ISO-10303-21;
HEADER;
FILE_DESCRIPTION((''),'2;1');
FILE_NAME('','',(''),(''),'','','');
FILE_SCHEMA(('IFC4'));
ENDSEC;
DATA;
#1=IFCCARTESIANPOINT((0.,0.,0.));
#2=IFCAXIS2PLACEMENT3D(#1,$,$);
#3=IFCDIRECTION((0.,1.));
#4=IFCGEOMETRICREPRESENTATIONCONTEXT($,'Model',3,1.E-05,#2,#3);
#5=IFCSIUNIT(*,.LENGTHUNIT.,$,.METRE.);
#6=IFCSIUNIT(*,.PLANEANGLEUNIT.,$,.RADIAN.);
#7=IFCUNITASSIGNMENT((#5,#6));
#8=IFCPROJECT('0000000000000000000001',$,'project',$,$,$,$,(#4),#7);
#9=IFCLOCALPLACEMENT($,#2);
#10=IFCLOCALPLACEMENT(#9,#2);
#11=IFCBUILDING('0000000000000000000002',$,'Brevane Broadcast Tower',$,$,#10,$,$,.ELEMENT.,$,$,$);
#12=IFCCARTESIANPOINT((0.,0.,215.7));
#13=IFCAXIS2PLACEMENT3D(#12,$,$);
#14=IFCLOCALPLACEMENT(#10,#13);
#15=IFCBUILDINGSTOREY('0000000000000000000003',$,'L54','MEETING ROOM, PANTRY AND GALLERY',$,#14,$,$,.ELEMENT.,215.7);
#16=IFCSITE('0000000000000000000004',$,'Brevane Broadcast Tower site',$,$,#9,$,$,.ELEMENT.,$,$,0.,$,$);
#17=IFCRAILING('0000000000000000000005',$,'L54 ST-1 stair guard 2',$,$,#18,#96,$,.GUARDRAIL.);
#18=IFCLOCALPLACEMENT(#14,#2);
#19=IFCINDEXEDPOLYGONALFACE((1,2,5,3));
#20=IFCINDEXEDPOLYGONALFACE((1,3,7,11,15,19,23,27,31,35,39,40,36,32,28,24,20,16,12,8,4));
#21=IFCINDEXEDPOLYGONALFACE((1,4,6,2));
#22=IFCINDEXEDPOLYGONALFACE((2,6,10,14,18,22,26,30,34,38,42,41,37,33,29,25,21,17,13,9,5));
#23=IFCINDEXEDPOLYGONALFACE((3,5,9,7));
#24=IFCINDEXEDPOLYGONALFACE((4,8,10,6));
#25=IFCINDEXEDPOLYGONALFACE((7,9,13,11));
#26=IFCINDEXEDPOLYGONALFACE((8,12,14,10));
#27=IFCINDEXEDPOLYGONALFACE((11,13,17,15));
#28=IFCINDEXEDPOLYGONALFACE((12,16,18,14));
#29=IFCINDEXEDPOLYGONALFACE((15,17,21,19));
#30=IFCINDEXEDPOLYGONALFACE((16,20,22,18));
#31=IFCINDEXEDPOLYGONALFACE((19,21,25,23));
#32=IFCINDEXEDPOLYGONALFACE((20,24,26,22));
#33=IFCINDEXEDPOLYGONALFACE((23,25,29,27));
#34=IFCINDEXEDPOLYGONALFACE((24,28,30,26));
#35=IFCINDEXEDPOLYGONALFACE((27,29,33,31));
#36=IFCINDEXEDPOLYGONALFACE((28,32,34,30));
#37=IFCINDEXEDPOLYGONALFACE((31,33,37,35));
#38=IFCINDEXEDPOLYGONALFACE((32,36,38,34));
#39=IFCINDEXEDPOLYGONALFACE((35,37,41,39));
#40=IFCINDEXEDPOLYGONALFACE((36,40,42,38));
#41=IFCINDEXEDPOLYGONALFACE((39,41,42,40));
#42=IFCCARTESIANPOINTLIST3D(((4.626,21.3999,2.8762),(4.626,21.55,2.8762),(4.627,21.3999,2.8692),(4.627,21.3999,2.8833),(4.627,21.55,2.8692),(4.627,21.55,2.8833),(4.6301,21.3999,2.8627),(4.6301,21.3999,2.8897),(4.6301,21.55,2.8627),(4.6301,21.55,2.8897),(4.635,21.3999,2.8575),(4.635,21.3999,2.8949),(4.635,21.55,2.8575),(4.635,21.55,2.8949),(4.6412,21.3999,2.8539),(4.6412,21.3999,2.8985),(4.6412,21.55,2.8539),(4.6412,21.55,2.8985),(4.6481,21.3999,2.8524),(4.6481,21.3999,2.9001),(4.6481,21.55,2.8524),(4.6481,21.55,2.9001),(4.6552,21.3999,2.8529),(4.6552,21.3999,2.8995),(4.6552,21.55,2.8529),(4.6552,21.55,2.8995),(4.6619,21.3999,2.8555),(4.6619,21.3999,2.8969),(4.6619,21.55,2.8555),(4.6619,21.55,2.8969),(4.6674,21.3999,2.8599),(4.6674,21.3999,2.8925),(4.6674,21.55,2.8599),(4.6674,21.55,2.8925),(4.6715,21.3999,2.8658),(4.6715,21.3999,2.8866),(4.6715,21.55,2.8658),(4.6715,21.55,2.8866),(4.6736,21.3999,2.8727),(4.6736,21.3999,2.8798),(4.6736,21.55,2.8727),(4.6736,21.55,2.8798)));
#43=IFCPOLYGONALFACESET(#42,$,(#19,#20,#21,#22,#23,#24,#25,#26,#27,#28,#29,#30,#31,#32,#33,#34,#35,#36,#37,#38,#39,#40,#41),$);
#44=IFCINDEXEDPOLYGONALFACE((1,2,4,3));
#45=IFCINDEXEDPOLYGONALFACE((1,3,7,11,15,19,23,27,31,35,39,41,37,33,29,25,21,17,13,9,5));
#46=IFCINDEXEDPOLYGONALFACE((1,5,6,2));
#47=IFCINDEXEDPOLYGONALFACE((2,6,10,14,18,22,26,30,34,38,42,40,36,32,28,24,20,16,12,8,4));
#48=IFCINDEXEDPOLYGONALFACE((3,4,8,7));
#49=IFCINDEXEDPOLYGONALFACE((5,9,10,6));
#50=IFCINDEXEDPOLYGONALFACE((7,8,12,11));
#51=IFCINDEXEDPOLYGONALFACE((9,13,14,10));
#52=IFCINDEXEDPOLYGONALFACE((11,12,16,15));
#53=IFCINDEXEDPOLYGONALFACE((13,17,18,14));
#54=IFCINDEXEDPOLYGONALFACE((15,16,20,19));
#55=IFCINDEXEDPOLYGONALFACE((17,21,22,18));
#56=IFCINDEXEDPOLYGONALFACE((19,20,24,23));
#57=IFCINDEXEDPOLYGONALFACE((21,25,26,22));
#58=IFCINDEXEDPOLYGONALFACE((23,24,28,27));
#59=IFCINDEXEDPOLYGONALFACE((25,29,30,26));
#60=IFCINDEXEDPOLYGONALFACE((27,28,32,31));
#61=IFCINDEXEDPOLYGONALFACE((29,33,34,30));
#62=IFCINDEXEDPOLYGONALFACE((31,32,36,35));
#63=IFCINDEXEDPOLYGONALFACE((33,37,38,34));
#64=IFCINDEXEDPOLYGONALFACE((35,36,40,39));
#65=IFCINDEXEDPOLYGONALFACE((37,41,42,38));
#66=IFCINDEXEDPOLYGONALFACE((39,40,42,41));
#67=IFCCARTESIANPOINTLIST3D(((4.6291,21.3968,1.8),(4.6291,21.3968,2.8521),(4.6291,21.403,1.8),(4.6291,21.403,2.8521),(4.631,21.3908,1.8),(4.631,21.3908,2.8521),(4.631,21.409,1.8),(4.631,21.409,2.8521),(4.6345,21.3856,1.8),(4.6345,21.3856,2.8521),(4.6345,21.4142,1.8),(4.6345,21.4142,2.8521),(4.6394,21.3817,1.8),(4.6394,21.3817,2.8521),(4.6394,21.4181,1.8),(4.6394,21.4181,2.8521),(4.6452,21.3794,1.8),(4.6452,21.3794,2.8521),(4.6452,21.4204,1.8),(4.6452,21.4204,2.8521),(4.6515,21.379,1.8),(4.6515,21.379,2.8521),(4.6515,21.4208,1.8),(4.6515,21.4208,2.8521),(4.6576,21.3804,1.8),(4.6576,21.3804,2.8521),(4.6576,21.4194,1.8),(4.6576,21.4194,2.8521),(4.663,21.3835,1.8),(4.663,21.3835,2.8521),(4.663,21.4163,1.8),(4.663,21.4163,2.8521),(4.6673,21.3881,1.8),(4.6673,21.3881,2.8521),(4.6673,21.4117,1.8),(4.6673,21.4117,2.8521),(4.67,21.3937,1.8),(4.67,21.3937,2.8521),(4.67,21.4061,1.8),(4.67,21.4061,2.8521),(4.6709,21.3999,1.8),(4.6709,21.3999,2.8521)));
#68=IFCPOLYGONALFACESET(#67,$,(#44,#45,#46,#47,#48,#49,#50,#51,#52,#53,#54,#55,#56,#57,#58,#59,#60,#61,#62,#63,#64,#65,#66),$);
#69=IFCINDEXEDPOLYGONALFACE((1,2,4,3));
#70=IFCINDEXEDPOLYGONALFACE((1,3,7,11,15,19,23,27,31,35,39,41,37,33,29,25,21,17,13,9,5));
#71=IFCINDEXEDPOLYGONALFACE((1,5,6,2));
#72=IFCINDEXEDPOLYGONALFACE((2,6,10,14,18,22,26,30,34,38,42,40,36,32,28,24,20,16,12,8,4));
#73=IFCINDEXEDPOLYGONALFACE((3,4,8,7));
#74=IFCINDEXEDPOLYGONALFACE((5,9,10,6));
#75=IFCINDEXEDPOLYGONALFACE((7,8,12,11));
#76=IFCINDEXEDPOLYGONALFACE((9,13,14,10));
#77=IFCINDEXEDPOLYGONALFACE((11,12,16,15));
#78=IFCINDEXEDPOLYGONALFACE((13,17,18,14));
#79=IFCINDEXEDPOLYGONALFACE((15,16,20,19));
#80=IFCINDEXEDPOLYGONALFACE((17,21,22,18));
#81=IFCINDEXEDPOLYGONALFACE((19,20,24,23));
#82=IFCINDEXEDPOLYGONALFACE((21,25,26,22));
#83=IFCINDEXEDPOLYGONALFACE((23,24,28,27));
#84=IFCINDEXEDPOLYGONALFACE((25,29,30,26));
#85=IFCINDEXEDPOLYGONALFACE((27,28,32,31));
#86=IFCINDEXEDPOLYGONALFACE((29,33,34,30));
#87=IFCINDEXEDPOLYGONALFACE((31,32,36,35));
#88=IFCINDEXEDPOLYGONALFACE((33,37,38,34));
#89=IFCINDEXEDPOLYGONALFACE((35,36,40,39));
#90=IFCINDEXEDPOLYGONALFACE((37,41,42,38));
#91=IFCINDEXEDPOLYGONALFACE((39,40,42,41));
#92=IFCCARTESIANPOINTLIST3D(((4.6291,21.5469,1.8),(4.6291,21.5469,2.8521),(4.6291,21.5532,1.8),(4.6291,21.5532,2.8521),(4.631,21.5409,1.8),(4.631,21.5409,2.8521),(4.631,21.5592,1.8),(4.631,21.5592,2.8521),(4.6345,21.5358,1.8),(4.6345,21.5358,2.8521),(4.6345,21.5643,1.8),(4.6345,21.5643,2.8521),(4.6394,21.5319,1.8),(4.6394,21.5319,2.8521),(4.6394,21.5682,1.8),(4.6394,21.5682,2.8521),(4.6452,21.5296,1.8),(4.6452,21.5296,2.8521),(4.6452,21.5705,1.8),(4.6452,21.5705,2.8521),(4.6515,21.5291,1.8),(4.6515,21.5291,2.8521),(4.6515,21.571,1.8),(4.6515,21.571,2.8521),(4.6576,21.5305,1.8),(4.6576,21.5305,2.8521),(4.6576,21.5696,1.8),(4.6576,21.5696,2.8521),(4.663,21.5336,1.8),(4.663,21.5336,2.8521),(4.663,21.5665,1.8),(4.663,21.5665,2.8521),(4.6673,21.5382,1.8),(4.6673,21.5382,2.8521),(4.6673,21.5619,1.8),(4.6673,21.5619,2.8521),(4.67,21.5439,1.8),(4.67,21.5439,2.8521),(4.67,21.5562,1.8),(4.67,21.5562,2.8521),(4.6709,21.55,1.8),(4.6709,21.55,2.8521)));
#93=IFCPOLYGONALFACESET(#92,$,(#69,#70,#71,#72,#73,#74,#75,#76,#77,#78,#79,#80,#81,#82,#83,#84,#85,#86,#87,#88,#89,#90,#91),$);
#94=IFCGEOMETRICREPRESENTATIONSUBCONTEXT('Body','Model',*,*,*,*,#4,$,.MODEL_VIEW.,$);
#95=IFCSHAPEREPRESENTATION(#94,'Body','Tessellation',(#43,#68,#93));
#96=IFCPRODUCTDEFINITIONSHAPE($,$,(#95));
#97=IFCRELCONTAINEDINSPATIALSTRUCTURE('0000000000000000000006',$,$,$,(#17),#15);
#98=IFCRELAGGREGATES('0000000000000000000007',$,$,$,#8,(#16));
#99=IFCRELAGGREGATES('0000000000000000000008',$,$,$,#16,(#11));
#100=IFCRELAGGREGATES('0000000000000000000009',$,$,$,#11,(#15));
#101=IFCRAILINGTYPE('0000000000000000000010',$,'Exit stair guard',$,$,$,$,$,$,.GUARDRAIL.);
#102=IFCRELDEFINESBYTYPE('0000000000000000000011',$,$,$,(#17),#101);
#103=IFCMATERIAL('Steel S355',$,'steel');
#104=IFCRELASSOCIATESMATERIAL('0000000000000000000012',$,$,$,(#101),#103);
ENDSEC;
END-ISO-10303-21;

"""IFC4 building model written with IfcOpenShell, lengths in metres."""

from ifc_helpers import new_model, si_unit, direction, frame, origin, origin_2d, place, context, subcontext, project, spatial, circle, extrude, material, type_object, element, save


model = new_model("IFC4")

# Units and contexts
model_context = context("Model", 3, precision=1e-05, world=origin(), true_north=direction((0.0, 1.0)))
body_context = subcontext(model_context, "Body", "Model", "MODEL_VIEW")
ifc_project = project(units=[si_unit("LENGTHUNIT", "METRE"), si_unit("PLANEANGLEUNIT", "RADIAN")], contexts=[model_context])

# Site, building, storey
site_placement = place(None, origin())
site = spatial("IfcSite", under=ifc_project, at=site_placement, Name="Brevane Broadcast Tower site", CompositionType="ELEMENT", RefElevation=0.0)
building_placement = place(site_placement, origin())
building = spatial("IfcBuilding", under=site, at=building_placement, Name="Brevane Broadcast Tower", CompositionType="ELEMENT")
storey_placement = place(building_placement, frame((0.0, 0.0, 215.7)))
storey = spatial("IfcBuildingStorey", under=building, at=storey_placement, Name="L54", Description="MEETING ROOM, PANTRY AND GALLERY", CompositionType="ELEMENT", Elevation=215.7)

# Railing
ifc_material_1 = material(Name="Steel S355", Category="steel")
railing_type_1 = type_object("IfcRailingType", Name="Exit stair guard", PredefinedType="GUARDRAIL", material=ifc_material_1)
railing_1_placement = place(storey_placement, frame((4.6499, 21.3999, 1.8)))
element("IfcRailing", 1, at=railing_1_placement, inside=storey, type_object=railing_type_1, Name="L54 ST-1 stair guard 2", PredefinedType="GUARDRAIL", context=body_context, shape_type="SweptSolid", body=[
    extrude(circle(Radius=0.0239, at=origin_2d()), frame((0.0, 0.0, 1.0762), z_axis=(0.0, 1.0, 0.0), x_axis=(-1.0, 0.0, 0.0)), (0.0, 0.0, 1.0), 0.1501),
    extrude(circle(Radius=0.021, at=origin_2d()), origin(), (0.0, 0.0, 1.0), 1.052),
    extrude(circle(Radius=0.021, at=origin_2d()), frame((0.0, 0.1501, 0.0)), (0.0, 0.0, 1.0), 1.052),
])

save(model, "model.ifc")
